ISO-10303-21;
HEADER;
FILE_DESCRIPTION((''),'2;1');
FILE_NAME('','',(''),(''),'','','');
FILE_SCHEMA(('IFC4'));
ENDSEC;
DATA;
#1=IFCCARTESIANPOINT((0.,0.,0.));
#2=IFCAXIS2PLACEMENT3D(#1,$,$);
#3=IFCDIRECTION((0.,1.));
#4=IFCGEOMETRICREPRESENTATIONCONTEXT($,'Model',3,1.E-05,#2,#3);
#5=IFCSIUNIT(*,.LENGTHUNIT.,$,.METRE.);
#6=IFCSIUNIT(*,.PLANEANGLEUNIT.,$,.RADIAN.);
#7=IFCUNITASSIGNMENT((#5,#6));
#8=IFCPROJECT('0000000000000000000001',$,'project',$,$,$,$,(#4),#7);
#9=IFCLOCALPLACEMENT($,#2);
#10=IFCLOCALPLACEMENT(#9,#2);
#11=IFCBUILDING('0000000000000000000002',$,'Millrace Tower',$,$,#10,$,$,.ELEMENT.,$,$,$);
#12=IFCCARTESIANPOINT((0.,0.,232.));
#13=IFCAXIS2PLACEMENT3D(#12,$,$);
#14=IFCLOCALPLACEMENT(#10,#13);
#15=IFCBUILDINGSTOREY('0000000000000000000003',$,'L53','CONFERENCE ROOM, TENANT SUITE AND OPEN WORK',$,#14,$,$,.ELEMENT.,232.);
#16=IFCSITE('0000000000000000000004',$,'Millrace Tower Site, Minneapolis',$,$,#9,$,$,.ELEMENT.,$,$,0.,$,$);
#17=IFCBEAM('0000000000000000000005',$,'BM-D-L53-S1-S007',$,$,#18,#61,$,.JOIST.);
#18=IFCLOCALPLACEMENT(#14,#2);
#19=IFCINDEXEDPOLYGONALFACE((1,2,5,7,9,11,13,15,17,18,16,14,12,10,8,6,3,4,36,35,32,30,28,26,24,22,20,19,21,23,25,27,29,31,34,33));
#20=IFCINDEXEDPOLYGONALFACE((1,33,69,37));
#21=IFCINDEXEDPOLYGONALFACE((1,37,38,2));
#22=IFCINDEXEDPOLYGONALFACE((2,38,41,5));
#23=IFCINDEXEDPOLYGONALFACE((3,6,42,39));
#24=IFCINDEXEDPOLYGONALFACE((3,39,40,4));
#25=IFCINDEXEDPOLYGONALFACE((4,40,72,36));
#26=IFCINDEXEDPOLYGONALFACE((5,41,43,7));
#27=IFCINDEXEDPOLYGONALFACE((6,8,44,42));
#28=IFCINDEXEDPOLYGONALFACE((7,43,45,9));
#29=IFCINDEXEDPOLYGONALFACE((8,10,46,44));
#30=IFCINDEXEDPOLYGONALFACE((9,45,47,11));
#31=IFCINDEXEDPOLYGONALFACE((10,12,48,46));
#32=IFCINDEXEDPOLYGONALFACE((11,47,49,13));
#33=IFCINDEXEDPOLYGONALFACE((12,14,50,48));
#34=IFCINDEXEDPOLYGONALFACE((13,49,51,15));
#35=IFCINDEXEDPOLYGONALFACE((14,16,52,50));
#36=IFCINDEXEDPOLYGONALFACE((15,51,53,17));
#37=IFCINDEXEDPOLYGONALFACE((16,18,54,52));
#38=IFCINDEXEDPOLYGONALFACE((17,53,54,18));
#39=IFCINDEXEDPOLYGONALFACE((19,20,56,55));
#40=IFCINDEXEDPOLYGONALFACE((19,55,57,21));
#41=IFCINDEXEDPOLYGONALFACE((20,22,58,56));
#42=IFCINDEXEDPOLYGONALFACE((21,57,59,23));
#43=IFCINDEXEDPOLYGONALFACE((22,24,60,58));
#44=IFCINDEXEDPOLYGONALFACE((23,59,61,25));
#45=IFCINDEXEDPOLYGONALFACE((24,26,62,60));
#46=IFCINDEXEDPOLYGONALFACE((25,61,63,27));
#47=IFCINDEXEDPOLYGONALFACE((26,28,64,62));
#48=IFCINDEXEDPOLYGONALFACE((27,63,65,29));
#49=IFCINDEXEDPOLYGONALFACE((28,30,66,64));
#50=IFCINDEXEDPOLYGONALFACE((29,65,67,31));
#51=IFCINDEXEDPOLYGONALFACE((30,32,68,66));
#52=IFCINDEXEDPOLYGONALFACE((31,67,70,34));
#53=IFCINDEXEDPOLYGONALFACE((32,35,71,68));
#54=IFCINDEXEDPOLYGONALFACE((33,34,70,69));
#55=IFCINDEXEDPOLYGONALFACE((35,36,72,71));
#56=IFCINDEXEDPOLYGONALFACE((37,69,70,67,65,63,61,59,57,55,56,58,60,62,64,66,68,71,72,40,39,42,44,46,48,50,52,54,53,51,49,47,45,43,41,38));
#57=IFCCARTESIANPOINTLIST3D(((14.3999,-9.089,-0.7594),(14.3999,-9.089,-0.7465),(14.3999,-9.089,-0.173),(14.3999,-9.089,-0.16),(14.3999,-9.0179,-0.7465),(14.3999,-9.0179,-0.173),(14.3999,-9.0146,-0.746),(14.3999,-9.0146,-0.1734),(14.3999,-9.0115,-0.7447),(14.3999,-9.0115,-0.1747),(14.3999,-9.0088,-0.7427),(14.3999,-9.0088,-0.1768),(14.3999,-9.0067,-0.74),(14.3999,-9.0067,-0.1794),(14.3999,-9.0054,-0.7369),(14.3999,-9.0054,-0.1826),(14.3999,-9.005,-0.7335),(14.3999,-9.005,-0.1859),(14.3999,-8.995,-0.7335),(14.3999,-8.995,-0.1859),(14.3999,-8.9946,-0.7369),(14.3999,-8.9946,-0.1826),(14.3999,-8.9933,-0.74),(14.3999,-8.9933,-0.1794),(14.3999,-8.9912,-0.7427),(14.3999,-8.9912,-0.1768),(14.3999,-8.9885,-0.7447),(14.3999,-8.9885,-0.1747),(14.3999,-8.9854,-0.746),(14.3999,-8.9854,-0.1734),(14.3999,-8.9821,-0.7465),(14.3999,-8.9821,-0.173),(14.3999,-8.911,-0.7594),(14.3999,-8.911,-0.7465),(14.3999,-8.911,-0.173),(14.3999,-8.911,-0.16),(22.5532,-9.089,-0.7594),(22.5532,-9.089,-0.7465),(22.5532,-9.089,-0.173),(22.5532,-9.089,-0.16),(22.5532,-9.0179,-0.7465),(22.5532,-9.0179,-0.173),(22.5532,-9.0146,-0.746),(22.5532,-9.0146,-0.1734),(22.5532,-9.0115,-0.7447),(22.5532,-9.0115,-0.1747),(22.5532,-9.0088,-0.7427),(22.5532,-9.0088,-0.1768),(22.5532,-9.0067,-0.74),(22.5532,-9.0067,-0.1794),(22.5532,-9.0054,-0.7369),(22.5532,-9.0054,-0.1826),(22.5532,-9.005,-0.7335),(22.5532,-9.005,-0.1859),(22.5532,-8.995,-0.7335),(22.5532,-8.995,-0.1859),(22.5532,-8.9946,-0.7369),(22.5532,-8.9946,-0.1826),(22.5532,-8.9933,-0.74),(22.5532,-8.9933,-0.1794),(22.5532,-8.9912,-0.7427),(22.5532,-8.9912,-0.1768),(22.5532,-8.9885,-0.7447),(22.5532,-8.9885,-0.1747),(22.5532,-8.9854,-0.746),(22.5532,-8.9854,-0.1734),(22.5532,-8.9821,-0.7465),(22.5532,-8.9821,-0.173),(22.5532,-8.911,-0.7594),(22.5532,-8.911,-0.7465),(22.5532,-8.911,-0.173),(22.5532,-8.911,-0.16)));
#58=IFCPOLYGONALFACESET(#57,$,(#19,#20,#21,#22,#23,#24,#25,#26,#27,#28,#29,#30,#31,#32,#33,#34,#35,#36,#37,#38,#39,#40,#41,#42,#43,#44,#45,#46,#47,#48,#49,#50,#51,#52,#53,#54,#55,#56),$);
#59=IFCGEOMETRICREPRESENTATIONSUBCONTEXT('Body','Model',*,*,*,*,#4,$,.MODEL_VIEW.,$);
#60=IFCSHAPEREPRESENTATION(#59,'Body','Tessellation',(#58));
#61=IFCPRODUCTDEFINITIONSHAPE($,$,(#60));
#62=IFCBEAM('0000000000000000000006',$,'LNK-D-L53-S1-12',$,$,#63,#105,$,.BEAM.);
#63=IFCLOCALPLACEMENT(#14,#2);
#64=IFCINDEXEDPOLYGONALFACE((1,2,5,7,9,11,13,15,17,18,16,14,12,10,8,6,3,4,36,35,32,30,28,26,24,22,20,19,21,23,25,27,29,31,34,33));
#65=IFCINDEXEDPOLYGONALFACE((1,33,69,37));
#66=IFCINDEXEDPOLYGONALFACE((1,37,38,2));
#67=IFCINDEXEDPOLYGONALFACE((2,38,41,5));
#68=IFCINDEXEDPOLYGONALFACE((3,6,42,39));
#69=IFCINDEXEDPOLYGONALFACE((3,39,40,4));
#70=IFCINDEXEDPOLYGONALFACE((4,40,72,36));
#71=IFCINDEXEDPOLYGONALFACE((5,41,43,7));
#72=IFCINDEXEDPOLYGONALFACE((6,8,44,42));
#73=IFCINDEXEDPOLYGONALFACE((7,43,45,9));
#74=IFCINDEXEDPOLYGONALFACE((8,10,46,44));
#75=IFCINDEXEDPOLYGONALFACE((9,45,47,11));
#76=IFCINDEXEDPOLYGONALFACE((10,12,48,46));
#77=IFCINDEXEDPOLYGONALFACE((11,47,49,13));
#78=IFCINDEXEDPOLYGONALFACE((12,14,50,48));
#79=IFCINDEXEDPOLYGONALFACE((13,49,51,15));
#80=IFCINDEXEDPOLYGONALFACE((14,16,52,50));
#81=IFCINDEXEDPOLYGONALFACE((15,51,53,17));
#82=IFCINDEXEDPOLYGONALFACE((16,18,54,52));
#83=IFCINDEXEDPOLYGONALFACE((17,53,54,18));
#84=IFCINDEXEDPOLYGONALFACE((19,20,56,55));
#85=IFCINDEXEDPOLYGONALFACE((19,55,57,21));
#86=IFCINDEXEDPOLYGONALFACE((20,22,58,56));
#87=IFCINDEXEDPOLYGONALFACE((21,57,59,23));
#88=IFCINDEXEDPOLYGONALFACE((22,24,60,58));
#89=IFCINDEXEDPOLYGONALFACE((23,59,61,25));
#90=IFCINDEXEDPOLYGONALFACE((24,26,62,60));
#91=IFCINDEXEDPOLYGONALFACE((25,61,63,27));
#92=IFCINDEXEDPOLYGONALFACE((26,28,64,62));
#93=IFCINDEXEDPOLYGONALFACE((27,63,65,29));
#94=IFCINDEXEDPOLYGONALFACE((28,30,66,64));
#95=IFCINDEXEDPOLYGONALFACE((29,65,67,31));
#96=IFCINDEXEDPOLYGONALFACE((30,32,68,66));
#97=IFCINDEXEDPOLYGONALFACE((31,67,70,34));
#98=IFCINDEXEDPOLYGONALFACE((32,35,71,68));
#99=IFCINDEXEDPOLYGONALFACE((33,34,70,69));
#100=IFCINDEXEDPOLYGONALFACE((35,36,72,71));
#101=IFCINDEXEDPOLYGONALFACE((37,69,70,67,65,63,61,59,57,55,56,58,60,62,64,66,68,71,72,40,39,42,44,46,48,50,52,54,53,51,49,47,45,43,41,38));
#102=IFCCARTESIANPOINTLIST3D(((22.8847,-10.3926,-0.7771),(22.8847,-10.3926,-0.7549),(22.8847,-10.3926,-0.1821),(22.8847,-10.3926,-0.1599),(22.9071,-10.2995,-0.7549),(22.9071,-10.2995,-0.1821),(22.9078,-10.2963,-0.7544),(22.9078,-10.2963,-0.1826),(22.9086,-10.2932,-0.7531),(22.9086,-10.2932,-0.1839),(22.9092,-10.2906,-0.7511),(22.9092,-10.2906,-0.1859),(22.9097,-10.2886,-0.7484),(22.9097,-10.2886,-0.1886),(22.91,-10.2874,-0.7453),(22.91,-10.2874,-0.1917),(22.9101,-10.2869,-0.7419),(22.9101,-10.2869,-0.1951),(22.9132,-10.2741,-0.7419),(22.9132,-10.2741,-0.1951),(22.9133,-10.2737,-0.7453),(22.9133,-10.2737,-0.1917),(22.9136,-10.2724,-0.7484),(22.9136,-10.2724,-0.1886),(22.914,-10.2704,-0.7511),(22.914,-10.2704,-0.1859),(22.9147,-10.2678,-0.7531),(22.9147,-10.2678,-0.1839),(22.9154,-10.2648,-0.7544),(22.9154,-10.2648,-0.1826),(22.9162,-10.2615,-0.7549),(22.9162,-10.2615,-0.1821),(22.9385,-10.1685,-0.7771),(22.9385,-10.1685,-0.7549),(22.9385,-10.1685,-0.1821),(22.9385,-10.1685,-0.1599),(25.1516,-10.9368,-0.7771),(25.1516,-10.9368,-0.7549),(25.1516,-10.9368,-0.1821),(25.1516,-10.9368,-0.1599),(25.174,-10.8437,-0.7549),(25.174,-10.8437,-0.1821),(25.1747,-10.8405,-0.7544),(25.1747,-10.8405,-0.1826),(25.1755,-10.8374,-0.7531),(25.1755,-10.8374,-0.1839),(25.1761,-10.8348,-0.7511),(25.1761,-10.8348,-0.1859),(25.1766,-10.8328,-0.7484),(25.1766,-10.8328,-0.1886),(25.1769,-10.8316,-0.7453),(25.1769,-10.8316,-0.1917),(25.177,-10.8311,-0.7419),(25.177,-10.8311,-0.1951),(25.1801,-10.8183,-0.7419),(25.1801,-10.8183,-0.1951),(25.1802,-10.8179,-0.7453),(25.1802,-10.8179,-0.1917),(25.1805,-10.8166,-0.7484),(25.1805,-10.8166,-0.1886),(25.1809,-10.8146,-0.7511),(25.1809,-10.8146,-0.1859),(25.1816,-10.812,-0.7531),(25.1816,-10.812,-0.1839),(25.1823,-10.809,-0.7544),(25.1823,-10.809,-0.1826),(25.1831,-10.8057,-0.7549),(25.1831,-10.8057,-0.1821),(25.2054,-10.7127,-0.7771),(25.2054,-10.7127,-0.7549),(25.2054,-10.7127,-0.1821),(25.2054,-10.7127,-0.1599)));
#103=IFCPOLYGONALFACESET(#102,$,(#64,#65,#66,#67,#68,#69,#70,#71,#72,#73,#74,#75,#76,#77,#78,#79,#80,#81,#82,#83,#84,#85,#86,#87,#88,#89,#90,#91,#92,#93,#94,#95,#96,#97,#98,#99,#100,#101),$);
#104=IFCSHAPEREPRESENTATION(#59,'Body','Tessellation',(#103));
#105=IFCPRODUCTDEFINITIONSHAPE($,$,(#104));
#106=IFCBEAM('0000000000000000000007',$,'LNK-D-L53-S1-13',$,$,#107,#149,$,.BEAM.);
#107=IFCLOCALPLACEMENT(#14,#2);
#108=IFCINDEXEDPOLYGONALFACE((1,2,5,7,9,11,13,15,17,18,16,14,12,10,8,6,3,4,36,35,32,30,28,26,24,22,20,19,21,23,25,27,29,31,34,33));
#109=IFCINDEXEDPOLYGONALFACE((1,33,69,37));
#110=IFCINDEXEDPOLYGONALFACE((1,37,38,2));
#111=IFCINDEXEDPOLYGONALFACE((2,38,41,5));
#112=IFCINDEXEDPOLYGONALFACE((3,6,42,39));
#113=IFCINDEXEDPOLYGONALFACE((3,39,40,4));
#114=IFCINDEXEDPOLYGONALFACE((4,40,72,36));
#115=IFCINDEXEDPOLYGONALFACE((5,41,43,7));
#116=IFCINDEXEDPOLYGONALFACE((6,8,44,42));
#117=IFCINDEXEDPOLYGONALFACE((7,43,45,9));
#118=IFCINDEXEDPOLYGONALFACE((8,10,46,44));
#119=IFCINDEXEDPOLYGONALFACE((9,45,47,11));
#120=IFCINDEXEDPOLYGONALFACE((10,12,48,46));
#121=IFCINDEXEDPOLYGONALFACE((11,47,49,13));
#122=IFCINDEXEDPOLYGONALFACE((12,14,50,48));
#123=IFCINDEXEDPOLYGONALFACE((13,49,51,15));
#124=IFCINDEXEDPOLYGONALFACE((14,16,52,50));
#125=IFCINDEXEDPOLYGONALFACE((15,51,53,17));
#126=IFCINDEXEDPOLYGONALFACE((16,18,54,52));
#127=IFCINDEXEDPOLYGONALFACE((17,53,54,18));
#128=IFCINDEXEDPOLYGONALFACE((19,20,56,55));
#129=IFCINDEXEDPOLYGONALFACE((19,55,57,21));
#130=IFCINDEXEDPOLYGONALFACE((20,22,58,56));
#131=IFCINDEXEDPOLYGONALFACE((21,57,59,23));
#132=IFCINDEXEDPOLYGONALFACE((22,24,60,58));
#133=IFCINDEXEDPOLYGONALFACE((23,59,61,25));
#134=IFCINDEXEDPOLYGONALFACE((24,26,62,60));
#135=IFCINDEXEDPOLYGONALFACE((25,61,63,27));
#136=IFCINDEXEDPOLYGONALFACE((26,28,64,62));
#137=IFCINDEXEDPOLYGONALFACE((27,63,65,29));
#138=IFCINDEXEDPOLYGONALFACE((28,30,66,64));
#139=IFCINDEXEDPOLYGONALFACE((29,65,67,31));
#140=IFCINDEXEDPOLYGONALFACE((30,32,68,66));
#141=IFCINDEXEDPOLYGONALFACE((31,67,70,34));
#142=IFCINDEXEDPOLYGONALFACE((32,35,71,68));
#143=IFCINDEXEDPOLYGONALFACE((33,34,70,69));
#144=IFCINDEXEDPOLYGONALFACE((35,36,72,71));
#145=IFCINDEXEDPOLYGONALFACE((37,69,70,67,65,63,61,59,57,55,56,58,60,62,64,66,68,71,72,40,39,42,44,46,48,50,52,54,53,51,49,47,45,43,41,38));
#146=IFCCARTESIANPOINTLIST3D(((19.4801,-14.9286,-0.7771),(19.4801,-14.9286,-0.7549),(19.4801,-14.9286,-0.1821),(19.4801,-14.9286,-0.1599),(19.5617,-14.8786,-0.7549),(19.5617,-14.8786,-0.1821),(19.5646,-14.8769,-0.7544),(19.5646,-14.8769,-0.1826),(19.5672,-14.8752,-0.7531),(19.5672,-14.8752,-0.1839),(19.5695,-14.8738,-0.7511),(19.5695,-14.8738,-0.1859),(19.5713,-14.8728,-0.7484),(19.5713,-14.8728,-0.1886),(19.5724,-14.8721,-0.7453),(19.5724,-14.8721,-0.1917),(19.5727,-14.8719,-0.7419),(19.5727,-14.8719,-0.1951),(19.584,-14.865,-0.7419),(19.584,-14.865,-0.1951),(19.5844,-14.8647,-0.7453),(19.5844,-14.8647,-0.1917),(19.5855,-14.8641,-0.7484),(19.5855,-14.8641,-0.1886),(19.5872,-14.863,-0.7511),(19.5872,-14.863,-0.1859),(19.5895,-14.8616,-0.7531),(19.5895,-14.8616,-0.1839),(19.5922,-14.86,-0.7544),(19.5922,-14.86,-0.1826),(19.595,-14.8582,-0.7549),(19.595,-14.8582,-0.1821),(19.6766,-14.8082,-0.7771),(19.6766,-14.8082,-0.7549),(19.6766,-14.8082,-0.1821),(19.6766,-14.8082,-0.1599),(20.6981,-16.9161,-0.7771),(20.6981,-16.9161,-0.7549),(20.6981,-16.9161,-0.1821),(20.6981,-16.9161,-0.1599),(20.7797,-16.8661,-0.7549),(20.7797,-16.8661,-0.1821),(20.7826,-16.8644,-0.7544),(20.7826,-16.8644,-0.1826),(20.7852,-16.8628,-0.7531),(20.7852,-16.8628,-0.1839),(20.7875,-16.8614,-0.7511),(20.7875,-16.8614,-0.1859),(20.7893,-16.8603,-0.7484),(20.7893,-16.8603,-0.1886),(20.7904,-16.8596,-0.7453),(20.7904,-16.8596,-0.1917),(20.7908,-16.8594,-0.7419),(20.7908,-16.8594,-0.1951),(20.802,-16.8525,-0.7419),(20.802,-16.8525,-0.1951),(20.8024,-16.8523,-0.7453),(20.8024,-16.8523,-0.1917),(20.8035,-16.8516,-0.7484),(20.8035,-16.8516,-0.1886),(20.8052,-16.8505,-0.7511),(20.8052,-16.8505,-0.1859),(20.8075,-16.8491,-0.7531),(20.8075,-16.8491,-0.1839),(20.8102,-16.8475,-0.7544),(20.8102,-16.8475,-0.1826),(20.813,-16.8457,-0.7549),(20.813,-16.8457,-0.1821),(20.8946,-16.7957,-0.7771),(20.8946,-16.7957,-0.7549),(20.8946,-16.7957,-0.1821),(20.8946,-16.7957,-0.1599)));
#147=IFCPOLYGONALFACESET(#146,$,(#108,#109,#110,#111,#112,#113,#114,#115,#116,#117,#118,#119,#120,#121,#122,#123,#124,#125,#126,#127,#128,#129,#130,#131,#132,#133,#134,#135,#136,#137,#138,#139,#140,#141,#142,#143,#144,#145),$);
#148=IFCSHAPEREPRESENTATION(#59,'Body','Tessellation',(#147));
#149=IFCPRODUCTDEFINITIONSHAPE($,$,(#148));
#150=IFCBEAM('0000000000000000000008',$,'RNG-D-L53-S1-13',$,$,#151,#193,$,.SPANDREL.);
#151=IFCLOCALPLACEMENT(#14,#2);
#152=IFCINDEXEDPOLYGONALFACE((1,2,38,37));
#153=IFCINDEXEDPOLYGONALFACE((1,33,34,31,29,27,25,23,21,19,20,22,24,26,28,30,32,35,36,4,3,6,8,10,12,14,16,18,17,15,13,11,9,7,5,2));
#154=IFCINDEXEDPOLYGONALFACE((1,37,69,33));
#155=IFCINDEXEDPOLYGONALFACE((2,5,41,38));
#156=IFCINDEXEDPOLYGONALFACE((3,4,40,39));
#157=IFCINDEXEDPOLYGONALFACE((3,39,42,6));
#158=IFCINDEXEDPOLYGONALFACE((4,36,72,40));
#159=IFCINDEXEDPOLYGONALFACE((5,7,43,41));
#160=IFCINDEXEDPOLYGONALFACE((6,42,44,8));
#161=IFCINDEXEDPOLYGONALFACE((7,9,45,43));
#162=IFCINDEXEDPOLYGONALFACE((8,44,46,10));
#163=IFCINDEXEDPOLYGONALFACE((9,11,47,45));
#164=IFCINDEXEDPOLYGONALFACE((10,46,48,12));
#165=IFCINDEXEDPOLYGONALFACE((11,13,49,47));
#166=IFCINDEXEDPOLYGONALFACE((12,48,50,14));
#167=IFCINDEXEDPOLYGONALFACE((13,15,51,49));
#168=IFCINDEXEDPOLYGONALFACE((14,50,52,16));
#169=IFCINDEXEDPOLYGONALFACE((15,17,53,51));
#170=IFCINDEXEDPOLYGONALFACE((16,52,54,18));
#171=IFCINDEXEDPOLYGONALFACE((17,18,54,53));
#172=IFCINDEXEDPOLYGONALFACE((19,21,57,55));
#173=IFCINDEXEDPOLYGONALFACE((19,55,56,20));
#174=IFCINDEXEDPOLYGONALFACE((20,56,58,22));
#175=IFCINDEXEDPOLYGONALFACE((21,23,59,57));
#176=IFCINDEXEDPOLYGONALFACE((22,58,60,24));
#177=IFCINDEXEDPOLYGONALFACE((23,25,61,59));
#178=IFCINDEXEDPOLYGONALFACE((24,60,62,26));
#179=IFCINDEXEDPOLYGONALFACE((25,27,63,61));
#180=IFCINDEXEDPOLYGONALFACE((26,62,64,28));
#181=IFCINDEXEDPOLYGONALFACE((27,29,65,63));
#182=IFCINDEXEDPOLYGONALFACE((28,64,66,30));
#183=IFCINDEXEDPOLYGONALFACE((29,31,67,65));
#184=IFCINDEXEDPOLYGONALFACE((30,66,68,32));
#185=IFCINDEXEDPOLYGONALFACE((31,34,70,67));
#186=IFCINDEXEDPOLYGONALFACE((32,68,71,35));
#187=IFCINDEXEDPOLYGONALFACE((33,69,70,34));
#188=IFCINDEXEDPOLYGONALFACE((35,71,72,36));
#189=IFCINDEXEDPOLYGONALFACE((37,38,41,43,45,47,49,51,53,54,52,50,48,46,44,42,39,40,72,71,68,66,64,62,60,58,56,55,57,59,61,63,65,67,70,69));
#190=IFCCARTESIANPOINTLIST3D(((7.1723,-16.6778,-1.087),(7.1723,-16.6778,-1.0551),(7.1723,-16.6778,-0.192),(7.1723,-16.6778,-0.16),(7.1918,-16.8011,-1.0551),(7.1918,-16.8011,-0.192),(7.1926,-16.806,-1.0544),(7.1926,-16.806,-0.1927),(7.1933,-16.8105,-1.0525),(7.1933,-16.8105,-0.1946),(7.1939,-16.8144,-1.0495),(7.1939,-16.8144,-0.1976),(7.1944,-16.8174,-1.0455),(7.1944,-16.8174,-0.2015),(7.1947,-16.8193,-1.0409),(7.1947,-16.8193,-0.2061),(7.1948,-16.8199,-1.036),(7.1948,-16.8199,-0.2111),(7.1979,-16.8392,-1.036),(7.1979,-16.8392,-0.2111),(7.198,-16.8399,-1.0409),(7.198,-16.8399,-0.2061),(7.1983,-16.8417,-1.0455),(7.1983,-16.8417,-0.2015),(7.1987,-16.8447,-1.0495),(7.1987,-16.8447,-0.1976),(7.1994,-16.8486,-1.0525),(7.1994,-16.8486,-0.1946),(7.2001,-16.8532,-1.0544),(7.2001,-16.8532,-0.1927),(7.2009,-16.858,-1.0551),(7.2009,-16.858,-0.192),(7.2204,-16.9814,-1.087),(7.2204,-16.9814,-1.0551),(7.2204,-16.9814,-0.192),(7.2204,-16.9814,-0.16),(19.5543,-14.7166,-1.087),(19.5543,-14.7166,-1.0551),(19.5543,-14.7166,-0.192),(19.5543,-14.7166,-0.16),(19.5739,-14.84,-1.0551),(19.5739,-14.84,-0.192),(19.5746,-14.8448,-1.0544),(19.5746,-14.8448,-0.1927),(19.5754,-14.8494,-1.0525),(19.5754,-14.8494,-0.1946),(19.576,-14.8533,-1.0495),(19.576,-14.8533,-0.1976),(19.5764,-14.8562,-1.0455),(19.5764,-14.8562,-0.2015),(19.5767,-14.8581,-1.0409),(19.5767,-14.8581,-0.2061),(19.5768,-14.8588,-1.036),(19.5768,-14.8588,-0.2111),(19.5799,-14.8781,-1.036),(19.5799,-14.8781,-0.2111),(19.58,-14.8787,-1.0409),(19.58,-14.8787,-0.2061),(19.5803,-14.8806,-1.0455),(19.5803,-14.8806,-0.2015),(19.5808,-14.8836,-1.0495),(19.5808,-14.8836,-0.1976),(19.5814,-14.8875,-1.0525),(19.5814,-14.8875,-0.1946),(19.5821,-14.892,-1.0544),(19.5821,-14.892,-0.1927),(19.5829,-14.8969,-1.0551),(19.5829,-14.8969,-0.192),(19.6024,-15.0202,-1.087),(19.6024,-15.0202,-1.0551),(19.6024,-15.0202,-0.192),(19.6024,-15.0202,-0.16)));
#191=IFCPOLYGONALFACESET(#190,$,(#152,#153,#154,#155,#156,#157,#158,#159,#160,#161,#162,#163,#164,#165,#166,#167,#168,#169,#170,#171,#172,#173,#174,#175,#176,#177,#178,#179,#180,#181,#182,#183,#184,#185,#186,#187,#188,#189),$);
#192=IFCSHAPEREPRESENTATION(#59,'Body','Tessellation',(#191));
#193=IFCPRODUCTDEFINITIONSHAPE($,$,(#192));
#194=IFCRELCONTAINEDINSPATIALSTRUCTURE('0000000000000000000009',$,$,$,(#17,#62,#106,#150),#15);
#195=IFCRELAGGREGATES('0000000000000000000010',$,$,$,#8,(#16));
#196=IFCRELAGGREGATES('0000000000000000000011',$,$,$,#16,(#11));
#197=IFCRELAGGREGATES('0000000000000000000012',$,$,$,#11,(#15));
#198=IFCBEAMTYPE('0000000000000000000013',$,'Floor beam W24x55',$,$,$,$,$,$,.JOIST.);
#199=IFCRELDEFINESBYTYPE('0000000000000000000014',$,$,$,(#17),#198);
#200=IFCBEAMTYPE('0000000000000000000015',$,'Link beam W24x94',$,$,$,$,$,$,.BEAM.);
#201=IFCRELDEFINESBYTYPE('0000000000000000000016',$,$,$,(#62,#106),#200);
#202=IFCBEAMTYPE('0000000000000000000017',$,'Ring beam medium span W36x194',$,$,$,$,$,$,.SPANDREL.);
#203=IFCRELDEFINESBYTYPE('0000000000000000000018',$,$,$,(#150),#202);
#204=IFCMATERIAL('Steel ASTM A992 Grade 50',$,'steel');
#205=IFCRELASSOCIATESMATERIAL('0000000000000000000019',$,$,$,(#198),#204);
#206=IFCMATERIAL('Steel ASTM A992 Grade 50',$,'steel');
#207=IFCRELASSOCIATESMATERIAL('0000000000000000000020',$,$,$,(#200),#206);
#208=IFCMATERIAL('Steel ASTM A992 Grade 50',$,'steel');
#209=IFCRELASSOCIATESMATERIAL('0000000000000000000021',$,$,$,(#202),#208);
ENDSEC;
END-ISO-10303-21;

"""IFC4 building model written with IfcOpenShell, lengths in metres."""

from ifc_helpers import new_model, si_unit, direction, frame, origin, origin_2d, place, context, subcontext, project, spatial, i_section, extrude, material, material_profile, profile_set, type_object, element, save


model = new_model("IFC4")

# Units and contexts
model_context = context("Model", 3, precision=1e-05, world=origin(), true_north=direction((0.0, 1.0)))
body_context = subcontext(model_context, "Body", "Model", "MODEL_VIEW")
ifc_project = project(units=[si_unit("LENGTHUNIT", "METRE"), si_unit("PLANEANGLEUNIT", "RADIAN")], contexts=[model_context])

# Site, building, storey
site_placement = place(None, origin())
site = spatial("IfcSite", under=ifc_project, at=site_placement, Name="Millrace Tower Site, Minneapolis", CompositionType="ELEMENT", RefElevation=0.0)
building_placement = place(site_placement, origin())
building = spatial("IfcBuilding", under=site, at=building_placement, Name="Millrace Tower", CompositionType="ELEMENT")
storey_placement = place(building_placement, frame((0.0, 0.0, 232.0)))
storey = spatial("IfcBuildingStorey", under=building, at=storey_placement, Name="L53", Description="CONFERENCE ROOM, TENANT SUITE AND OPEN WORK", CompositionType="ELEMENT", Elevation=232.0)

# Beams
ifc_material_1 = material(Name="Steel ASTM A992 Grade 50", Category="steel")
ifc_material_profile_1 = material_profile(ifc_material_1, i_section(OverallWidth=0.178, OverallDepth=0.5994, WebThickness=0.01, FlangeThickness=0.0129, FilletRadius=0.0129, at=origin_2d()))
ifc_profile_set_1 = profile_set([ifc_material_profile_1], Name="Steel ASTM A992 Grade 50")
beam_type_1 = type_object("IfcBeamType", Name="Floor beam W24x55", PredefinedType="JOIST", material=ifc_profile_set_1)
beam_1_placement = place(storey_placement, frame((14.3999, -9.0, -0.4597), z_axis=(1.0, 0.0, 0.0), x_axis=(0.0, 1.0, 0.0)))
element("IfcBeam", 1, at=beam_1_placement, inside=storey, type_object=beam_type_1, Name="BM-D-L53-S1-S007", PredefinedType="JOIST", context=body_context, shape_type="SweptSolid", body=[
    extrude(i_section(OverallWidth=0.178, OverallDepth=0.5994, WebThickness=0.01, FlangeThickness=0.0129, FilletRadius=0.0129, at=origin_2d()), origin(), (0.0, 0.0, 1.0), 8.1533),
])
ifc_material_2 = material(Name="Steel ASTM A992 Grade 50", Category="steel")
ifc_material_profile_2 = material_profile(ifc_material_2, i_section(OverallWidth=0.2305, OverallDepth=0.6172, WebThickness=0.0132, FlangeThickness=0.0222, FilletRadius=0.0129, at=origin_2d()))
ifc_profile_set_2 = profile_set([ifc_material_profile_2], Name="Steel ASTM A992 Grade 50")
beam_type_2 = type_object("IfcBeamType", Name="Link beam W24x94", PredefinedType="BEAM", material=ifc_profile_set_2)
beam_2_placement = place(storey_placement, frame((22.9116, -10.2805, -0.4685), z_axis=(0.972373, -0.233432, 0.0), x_axis=(0.233432, 0.972373, 0.0)))
element("IfcBeam", 2, at=beam_2_placement, inside=storey, type_object=beam_type_2, Name="LNK-D-L53-S1-12", PredefinedType="BEAM", context=body_context, shape_type="SweptSolid", body=[
    extrude(i_section(OverallWidth=0.2305, OverallDepth=0.6172, WebThickness=0.0132, FlangeThickness=0.0222, FilletRadius=0.0129, at=origin_2d()), origin(), (0.0, 0.0, 1.0), 2.3313),
])
beam_3_placement = place(storey_placement, frame((19.5784, -14.8684, -0.4685), z_axis=(0.522513, -0.852631, 0.0), x_axis=(0.852631, 0.522513, 0.0)))
element("IfcBeam", 3, at=beam_3_placement, inside=storey, type_object=beam_type_2, Name="LNK-D-L53-S1-13", PredefinedType="BEAM", context=body_context, shape_type="SweptSolid", body=[
    extrude(i_section(OverallWidth=0.2305, OverallDepth=0.6172, WebThickness=0.0132, FlangeThickness=0.0222, FilletRadius=0.0129, at=origin_2d()), origin(), (0.0, 0.0, 1.0), 2.3311),
])
ifc_material_3 = material(Name="Steel ASTM A992 Grade 50", Category="steel")
ifc_material_profile_3 = material_profile(ifc_material_3, i_section(OverallWidth=0.3074, OverallDepth=0.927, WebThickness=0.0195, FlangeThickness=0.032, FilletRadius=0.019, at=origin_2d()))
ifc_profile_set_3 = profile_set([ifc_material_profile_3], Name="Steel ASTM A992 Grade 50")
beam_type_3 = type_object("IfcBeamType", Name="Ring beam medium span W36x194", PredefinedType="SPANDREL", material=ifc_profile_set_3)
beam_4_placement = place(storey_placement, frame((19.5784, -14.8684, -0.6235), z_axis=(-0.987688, -0.156439, 0.0), x_axis=(0.156439, -0.987688, 0.0)))
element("IfcBeam", 4, at=beam_4_placement, inside=storey, type_object=beam_type_3, Name="RNG-D-L53-S1-13", PredefinedType="SPANDREL", context=body_context, shape_type="SweptSolid", body=[
    extrude(i_section(OverallWidth=0.3074, OverallDepth=0.927, WebThickness=0.0195, FlangeThickness=0.032, FilletRadius=0.019, at=origin_2d()), origin(), (0.0, 0.0, 1.0), 12.5364),
])

save(model, "model.ifc")
